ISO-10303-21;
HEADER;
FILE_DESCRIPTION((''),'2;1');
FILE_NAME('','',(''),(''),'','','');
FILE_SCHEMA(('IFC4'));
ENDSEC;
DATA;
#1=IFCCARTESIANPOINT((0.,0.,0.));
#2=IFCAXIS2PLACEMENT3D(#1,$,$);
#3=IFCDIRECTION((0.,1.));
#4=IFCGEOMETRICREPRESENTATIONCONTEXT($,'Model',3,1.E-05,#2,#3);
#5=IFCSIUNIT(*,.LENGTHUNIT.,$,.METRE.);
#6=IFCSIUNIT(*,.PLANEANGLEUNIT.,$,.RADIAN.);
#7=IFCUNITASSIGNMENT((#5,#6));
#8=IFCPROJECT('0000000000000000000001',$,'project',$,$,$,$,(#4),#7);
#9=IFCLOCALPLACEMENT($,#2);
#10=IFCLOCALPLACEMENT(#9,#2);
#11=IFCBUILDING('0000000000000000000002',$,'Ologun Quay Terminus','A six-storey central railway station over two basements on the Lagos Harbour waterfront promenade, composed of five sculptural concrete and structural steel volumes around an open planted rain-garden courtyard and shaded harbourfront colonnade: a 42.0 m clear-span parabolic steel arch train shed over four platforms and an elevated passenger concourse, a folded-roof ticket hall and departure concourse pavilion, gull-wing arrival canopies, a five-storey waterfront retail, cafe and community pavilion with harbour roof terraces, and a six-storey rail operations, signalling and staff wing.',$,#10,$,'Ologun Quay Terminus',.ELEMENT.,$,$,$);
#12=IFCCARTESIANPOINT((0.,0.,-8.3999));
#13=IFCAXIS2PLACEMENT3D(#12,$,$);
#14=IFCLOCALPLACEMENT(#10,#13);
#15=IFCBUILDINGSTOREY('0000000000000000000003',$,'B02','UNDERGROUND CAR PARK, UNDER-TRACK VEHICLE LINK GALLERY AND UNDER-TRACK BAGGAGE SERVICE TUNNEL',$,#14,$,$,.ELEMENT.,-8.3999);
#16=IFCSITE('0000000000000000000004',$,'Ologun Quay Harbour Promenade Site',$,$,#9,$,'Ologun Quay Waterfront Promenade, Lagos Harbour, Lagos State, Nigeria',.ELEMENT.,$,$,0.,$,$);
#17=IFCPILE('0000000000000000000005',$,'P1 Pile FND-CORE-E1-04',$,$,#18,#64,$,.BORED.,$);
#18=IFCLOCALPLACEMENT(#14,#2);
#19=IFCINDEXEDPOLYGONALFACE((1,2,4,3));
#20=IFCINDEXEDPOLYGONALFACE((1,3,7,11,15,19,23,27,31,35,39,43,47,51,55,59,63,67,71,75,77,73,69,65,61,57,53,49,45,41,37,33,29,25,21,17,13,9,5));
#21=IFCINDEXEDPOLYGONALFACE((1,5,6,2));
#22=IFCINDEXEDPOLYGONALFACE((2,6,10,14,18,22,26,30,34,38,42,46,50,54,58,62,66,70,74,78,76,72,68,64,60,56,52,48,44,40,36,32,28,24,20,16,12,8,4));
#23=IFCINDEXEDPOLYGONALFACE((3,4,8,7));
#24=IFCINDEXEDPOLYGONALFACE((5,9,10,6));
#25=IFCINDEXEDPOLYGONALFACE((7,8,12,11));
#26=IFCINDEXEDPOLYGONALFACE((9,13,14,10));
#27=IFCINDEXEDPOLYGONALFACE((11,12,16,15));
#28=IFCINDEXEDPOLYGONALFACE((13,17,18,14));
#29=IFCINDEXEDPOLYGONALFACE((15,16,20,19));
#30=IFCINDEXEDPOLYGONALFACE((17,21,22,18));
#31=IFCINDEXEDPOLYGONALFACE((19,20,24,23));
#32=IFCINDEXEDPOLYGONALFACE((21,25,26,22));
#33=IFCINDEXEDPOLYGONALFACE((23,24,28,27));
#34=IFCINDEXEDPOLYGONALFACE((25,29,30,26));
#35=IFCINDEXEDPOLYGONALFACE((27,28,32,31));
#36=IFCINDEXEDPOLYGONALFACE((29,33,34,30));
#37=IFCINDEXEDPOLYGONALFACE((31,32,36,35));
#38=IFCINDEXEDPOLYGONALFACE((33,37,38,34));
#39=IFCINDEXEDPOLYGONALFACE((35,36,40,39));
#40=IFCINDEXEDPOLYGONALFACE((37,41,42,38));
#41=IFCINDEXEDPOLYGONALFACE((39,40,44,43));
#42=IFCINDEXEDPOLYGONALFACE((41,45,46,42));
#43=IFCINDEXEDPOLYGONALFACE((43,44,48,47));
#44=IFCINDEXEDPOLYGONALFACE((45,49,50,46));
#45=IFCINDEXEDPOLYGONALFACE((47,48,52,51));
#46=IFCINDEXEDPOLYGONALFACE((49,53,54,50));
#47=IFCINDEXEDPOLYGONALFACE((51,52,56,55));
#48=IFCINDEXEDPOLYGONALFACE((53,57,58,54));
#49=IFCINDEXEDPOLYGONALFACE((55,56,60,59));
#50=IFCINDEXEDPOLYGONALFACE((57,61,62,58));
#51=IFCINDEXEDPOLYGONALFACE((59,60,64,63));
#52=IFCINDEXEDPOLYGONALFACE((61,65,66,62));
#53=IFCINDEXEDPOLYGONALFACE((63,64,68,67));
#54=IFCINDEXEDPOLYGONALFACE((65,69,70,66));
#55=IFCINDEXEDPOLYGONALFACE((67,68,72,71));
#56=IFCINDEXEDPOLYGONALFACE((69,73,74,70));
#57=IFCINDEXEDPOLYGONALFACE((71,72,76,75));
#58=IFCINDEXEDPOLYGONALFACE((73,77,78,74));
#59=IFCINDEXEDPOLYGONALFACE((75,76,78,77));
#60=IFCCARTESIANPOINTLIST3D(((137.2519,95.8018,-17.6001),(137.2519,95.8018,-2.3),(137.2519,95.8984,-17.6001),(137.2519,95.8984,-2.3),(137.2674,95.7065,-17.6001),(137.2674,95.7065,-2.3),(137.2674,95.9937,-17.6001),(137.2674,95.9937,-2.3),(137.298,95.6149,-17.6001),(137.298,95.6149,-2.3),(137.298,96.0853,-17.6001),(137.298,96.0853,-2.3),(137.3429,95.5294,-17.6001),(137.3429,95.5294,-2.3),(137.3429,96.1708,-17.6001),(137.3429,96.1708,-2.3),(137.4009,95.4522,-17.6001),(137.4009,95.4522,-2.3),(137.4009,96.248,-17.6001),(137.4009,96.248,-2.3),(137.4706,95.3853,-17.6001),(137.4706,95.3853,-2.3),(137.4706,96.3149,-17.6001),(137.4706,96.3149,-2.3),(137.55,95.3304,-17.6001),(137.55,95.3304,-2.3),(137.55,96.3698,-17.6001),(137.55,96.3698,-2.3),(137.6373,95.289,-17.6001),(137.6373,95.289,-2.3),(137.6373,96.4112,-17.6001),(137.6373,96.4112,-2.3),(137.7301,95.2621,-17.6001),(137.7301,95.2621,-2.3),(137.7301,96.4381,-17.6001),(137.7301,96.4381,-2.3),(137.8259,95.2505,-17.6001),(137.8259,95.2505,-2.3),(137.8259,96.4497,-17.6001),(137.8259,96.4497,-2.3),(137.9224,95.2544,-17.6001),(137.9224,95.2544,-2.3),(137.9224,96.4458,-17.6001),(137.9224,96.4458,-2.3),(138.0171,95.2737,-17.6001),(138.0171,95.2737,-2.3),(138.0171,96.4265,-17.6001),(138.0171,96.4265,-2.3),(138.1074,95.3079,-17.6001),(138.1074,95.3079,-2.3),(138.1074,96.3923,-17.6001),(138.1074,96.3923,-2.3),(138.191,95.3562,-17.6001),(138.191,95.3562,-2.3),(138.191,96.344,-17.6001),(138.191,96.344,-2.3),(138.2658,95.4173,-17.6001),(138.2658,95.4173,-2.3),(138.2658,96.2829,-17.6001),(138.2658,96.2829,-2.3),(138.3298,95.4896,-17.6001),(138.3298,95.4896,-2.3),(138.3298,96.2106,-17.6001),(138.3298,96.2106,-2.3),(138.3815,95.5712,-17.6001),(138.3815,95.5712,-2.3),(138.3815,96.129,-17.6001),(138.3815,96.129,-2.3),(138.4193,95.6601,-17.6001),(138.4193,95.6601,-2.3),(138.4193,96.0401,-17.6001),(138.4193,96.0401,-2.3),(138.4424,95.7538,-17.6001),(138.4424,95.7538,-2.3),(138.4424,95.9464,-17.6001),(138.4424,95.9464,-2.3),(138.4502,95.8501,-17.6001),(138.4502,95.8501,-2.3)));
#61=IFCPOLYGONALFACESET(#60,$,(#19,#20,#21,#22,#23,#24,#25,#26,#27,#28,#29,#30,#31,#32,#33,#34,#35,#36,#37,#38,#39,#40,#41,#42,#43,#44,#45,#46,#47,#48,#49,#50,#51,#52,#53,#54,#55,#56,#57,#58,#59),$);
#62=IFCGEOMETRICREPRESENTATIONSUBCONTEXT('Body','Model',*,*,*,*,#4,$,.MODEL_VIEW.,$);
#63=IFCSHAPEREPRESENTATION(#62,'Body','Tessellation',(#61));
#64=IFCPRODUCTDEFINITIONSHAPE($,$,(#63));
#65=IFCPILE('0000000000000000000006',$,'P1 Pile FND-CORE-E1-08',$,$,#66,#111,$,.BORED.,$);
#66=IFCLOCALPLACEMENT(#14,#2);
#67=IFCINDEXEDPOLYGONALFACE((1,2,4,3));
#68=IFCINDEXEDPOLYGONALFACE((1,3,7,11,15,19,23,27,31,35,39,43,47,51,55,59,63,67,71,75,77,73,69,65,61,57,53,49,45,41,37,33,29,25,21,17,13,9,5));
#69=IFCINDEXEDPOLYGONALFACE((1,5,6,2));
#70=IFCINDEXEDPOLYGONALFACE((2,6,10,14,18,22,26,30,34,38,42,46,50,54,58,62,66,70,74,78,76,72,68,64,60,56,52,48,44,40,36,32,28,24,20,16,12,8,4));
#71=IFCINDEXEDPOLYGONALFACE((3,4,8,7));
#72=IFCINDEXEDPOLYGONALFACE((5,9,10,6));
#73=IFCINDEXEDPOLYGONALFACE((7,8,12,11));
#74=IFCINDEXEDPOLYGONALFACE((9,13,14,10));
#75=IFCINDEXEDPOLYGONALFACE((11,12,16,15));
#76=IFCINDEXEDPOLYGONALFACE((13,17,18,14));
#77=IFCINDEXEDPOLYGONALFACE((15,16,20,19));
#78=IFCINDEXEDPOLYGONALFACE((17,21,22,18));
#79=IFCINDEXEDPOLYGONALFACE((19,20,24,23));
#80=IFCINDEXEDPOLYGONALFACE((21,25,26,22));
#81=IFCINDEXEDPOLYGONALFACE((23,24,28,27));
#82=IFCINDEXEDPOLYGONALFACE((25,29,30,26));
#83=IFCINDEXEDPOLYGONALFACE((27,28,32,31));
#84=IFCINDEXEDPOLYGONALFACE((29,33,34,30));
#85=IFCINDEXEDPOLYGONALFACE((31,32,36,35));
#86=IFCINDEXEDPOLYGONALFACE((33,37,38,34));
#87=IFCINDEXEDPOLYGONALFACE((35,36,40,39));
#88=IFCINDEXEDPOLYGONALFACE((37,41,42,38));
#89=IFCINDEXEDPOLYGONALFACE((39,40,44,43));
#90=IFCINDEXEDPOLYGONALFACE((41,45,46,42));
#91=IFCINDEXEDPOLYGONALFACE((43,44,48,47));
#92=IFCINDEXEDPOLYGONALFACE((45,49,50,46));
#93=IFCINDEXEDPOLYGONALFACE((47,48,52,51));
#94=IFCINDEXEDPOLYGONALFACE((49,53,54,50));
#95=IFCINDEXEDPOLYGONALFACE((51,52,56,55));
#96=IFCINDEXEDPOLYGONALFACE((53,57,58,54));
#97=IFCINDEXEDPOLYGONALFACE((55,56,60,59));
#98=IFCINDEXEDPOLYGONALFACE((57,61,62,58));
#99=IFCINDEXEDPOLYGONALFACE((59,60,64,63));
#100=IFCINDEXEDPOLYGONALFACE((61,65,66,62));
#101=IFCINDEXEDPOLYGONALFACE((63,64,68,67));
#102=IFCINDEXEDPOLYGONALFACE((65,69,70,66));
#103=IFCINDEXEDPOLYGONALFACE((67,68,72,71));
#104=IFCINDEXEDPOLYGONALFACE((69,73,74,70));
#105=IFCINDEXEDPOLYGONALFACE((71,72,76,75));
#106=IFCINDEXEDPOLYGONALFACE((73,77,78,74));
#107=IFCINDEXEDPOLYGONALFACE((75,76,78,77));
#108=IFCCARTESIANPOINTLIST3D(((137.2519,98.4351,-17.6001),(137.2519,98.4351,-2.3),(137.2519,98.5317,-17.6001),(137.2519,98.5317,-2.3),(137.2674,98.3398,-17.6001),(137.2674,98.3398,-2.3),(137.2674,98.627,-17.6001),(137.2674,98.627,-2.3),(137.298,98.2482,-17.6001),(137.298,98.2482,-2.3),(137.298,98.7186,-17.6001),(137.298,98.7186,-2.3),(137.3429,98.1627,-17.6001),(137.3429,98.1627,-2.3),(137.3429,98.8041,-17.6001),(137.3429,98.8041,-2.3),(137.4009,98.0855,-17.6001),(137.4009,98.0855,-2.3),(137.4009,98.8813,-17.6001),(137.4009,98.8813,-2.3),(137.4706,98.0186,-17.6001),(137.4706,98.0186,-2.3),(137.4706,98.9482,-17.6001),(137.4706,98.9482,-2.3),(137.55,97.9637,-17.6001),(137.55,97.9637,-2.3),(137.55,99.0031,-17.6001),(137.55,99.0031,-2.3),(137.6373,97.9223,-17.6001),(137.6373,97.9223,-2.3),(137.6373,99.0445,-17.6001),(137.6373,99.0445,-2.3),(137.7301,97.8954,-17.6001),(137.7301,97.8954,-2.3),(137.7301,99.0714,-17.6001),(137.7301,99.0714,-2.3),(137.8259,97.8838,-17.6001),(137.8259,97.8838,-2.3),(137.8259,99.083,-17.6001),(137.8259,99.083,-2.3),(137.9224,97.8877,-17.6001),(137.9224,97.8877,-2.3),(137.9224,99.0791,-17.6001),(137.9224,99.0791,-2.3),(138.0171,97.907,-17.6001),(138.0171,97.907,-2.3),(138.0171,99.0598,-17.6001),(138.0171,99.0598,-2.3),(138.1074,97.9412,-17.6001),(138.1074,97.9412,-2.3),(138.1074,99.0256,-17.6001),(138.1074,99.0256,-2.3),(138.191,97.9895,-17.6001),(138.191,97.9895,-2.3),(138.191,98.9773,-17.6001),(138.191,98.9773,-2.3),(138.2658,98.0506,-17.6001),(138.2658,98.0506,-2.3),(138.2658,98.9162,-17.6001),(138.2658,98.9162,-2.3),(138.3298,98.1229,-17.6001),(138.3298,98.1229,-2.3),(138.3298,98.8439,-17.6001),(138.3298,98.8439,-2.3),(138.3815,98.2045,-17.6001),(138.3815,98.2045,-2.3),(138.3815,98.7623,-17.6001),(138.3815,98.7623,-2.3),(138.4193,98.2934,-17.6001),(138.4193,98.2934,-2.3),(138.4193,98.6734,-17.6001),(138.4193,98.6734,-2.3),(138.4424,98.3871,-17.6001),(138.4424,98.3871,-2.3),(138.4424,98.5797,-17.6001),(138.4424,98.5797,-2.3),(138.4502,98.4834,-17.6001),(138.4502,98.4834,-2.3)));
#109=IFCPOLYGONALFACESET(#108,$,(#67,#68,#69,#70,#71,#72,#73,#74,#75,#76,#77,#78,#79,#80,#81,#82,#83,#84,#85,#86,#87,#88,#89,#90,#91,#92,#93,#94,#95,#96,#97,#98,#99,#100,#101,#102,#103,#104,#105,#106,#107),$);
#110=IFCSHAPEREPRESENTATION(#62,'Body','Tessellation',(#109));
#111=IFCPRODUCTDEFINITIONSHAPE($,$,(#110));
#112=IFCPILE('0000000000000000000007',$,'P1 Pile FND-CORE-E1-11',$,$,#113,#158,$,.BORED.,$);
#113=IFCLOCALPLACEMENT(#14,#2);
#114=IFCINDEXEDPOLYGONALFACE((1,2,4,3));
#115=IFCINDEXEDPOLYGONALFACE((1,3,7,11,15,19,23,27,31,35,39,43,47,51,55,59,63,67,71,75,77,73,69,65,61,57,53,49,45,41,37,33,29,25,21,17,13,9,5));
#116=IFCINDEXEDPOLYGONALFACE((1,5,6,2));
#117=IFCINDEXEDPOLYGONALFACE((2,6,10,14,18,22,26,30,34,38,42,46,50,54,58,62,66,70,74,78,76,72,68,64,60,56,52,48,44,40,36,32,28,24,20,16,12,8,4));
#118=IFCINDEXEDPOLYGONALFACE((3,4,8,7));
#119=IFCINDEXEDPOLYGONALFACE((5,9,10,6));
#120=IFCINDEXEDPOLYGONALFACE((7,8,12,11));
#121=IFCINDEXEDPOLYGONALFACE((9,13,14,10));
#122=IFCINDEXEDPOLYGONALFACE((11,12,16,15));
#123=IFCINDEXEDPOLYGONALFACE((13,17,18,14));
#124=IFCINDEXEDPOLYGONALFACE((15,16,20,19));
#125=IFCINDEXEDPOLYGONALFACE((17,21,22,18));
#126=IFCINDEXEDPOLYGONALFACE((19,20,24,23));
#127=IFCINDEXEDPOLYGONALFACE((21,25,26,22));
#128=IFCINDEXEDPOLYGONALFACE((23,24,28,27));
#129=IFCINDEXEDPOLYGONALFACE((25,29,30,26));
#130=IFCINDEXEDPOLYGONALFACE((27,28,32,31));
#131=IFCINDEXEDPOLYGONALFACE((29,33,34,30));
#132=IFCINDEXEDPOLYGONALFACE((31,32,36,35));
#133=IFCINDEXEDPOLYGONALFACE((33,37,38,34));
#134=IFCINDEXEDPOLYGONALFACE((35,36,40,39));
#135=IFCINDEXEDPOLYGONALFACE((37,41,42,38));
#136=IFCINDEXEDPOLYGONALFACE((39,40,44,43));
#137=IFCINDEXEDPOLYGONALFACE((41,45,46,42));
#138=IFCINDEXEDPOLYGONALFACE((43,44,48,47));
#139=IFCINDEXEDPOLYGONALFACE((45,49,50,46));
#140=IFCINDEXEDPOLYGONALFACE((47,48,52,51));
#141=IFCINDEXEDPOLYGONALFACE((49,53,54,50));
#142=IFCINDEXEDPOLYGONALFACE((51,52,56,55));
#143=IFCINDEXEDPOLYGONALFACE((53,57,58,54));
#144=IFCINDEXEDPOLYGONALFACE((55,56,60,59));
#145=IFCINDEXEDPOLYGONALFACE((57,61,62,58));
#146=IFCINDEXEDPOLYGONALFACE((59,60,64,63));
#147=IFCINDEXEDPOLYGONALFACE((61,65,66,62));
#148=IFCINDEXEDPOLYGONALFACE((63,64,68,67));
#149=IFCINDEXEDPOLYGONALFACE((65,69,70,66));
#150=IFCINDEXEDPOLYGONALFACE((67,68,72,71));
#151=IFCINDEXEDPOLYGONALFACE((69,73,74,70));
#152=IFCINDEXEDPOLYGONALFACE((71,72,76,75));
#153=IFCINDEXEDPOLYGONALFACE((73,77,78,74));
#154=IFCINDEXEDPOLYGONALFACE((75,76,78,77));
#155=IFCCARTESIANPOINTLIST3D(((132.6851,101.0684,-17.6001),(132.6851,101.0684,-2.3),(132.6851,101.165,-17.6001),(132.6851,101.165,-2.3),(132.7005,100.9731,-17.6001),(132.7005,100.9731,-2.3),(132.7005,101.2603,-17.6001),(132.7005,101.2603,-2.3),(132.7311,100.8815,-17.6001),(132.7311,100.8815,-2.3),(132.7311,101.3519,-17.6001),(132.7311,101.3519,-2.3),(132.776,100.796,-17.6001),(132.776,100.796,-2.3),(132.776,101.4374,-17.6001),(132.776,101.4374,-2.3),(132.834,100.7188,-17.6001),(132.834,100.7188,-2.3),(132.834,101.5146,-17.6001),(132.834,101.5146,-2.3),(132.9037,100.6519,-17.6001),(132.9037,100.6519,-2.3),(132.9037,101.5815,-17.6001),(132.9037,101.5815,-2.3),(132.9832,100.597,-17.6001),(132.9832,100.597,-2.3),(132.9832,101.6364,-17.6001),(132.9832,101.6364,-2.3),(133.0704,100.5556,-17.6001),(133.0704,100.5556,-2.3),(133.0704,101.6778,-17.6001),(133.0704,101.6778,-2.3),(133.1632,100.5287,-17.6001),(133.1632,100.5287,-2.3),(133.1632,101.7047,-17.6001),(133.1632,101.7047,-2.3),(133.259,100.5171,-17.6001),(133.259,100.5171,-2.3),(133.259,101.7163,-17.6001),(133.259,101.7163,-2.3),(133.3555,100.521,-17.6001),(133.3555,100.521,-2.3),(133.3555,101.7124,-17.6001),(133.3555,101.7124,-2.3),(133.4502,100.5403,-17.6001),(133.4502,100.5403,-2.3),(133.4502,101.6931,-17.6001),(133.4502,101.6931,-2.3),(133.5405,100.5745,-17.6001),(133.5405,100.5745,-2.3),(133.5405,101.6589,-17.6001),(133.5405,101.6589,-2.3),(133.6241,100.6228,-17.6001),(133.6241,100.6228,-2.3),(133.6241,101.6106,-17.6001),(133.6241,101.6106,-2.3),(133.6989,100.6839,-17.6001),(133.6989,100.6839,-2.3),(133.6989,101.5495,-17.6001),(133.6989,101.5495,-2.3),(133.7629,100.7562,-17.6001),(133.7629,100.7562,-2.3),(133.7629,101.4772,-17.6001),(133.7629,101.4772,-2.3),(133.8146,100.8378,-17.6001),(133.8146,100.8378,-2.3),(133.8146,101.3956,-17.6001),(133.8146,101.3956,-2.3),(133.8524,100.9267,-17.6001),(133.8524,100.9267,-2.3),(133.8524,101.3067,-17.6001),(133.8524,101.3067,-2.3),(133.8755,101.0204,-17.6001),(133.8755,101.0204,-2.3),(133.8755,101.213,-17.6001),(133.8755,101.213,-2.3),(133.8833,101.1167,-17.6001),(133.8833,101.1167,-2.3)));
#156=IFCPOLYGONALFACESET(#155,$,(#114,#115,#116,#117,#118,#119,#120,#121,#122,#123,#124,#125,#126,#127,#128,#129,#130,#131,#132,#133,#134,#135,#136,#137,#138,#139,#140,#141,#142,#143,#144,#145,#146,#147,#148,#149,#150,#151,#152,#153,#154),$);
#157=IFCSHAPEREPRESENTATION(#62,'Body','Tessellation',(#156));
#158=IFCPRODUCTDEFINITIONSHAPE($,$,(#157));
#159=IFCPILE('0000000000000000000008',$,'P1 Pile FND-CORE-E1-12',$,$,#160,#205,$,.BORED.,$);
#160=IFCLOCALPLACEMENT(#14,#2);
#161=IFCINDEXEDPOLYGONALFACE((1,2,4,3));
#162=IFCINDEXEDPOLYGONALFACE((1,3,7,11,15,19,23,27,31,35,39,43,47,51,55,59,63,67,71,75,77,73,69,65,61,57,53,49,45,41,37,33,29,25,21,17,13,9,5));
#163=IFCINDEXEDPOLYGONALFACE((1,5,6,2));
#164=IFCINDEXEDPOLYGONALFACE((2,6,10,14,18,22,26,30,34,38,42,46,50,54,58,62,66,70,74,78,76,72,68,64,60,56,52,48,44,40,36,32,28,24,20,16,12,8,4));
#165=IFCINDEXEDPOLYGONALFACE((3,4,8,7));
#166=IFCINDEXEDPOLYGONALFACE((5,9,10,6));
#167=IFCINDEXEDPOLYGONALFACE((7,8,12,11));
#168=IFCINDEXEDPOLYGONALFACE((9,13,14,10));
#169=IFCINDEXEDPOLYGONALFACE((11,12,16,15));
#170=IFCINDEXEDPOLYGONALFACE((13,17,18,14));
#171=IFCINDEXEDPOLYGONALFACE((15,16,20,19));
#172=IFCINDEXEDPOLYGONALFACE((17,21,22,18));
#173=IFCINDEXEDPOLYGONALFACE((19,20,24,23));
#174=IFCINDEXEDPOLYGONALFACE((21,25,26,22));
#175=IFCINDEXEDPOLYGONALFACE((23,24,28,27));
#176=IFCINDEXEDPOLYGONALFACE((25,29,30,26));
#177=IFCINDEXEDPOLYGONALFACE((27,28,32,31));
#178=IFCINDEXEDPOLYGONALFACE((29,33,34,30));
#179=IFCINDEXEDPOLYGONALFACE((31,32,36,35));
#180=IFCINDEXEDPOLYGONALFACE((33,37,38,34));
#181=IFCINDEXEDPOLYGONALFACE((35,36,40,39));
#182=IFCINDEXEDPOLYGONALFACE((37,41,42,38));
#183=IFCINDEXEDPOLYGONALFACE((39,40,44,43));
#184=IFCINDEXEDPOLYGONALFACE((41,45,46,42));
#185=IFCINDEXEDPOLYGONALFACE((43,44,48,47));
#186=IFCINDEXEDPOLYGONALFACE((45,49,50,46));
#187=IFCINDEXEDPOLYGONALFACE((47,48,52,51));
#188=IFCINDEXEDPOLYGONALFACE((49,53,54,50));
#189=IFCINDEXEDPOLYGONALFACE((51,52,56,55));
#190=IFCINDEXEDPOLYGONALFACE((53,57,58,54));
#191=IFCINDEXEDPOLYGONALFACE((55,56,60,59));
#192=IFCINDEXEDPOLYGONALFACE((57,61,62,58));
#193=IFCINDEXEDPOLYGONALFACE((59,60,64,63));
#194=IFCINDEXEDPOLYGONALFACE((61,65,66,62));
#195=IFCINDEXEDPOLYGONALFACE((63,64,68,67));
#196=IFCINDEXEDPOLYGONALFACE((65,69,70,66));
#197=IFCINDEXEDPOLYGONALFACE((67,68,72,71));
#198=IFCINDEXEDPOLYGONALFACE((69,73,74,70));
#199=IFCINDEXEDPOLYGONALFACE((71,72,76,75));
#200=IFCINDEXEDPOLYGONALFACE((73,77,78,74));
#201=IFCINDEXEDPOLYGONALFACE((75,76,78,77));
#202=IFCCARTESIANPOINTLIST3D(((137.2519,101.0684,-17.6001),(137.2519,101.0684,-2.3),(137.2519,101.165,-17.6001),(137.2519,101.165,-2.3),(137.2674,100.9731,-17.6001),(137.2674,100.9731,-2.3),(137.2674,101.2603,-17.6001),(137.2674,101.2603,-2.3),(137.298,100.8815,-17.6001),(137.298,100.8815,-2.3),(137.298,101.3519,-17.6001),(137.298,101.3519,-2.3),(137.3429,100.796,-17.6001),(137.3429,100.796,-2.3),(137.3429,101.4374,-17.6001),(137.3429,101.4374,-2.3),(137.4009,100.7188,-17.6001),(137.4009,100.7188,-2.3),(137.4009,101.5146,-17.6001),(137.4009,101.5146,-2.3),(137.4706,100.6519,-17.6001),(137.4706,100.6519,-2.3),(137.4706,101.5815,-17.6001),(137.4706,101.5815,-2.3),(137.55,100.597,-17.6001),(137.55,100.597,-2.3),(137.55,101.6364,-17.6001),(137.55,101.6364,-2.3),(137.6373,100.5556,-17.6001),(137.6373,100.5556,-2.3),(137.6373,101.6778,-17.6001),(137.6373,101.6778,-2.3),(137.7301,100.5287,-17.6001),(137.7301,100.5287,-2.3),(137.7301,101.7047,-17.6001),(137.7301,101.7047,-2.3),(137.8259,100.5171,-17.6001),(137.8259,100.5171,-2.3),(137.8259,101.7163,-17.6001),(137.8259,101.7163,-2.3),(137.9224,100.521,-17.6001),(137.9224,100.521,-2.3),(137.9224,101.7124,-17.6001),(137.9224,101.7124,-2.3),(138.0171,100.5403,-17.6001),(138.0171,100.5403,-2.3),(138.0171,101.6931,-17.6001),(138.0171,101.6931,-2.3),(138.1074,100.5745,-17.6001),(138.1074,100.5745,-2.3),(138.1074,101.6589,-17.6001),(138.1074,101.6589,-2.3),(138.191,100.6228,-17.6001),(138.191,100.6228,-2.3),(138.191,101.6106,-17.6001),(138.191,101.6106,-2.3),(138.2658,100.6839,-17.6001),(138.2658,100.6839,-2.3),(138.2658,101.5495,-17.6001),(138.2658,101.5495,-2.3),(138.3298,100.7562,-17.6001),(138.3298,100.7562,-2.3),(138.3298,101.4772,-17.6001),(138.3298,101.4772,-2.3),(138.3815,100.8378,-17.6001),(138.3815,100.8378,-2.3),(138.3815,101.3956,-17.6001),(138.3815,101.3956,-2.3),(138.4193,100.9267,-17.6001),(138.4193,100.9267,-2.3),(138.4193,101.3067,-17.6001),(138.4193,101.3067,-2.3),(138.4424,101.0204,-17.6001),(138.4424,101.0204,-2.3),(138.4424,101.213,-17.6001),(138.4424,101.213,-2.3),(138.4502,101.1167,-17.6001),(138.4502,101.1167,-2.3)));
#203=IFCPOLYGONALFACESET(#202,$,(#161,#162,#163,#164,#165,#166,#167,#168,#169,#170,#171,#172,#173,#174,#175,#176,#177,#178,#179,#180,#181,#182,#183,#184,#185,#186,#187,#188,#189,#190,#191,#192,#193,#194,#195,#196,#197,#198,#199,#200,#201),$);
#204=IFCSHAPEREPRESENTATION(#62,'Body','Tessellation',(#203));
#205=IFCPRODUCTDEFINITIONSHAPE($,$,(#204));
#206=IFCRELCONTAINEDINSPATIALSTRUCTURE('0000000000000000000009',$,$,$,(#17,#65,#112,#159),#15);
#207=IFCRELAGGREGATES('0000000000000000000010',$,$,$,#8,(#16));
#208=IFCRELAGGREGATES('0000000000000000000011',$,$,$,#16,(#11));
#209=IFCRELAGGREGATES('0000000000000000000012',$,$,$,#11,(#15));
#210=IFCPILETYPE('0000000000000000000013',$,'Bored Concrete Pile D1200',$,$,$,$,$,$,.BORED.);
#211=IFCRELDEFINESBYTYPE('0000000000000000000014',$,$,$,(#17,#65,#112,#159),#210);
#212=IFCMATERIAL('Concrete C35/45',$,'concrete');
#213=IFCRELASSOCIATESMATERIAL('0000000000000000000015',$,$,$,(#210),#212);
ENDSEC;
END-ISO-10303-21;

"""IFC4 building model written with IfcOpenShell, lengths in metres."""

from ifc_helpers import new_model, si_unit, direction, frame, origin, origin_2d, place, context, subcontext, project, spatial, circle, extrude, material, material_profile, profile_set, type_object, element, save


model = new_model("IFC4")

# Units and contexts
model_context = context("Model", 3, precision=1e-05, world=origin(), true_north=direction((0.0, 1.0)))
body_context = subcontext(model_context, "Body", "Model", "MODEL_VIEW")
ifc_project = project(units=[si_unit("LENGTHUNIT", "METRE"), si_unit("PLANEANGLEUNIT", "RADIAN")], contexts=[model_context])

# Site, building, storey
site_placement = place(None, origin())
site = spatial("IfcSite", under=ifc_project, at=site_placement, Name="Ologun Quay Harbour Promenade Site", LongName="Ologun Quay Waterfront Promenade, Lagos Harbour, Lagos State, Nigeria", CompositionType="ELEMENT", RefElevation=0.0)
building_placement = place(site_placement, origin())
building = spatial("IfcBuilding", under=site, at=building_placement, Name="Ologun Quay Terminus", Description="A six-storey central railway station over two basements on the Lagos Harbour waterfront promenade, composed of five sculptural concrete and structural steel volumes around an open planted rain-garden courtyard and shaded harbourfront colonnade: a 42.0 m clear-span parabolic steel arch train shed over four platforms and an elevated passenger concourse, a folded-roof ticket hall and departure concourse pavilion, gull-wing arrival canopies, a five-storey waterfront retail, cafe and community pavilion with harbour roof terraces, and a six-storey rail operations, signalling and staff wing.", LongName="Ologun Quay Terminus", CompositionType="ELEMENT")
storey_placement = place(building_placement, frame((0.0, 0.0, -8.3999)))
storey = spatial("IfcBuildingStorey", under=building, at=storey_placement, Name="B02", Description="UNDERGROUND CAR PARK, UNDER-TRACK VEHICLE LINK GALLERY AND UNDER-TRACK BAGGAGE SERVICE TUNNEL", CompositionType="ELEMENT", Elevation=-8.3999)

# Piles
ifc_material_1 = material(Name="Concrete C35/45", Category="concrete")
ifc_material_profile_1 = material_profile(ifc_material_1, circle(Radius=0.6001, at=origin_2d()), Name="PILE D1200")
ifc_profile_set_1 = profile_set([ifc_material_profile_1], Name="Concrete C35/45")
pile_type = type_object("IfcPileType", Name="Bored Concrete Pile D1200", PredefinedType="BORED", material=ifc_profile_set_1)
for number, where, z_axis, x_axis, name in (
    (1, (137.8501, 95.8501, -2.3), (0.0, 0.0, -1.0), (1.0, 0.0, 0.0), "P1 Pile FND-CORE-E1-04"),
    (2, (137.8501, 98.4834, -2.3), (0.0, 0.0, -1.0), (1.0, 0.0, 0.0), "P1 Pile FND-CORE-E1-08"),
    (3, (133.2832, 101.1167, -2.3), (0.0, 0.0, -1.0), (1.0, 0.0, 0.0), "P1 Pile FND-CORE-E1-11"),
    (4, (137.8501, 101.1167, -2.3), (0.0, 0.0, -1.0), (1.0, 0.0, 0.0), "P1 Pile FND-CORE-E1-12"),
):
    element("IfcPile", number, at=place(storey_placement, frame(where, z_axis=z_axis, x_axis=x_axis)), inside=storey, type_object=pile_type, Name=name, PredefinedType="BORED", context=body_context, shape_type="SweptSolid", body=[
        extrude(circle(Radius=0.6001, at=origin_2d()), origin(), (0.0, 0.0, 1.0), 15.3),
    ])

save(model, "model.ifc")
